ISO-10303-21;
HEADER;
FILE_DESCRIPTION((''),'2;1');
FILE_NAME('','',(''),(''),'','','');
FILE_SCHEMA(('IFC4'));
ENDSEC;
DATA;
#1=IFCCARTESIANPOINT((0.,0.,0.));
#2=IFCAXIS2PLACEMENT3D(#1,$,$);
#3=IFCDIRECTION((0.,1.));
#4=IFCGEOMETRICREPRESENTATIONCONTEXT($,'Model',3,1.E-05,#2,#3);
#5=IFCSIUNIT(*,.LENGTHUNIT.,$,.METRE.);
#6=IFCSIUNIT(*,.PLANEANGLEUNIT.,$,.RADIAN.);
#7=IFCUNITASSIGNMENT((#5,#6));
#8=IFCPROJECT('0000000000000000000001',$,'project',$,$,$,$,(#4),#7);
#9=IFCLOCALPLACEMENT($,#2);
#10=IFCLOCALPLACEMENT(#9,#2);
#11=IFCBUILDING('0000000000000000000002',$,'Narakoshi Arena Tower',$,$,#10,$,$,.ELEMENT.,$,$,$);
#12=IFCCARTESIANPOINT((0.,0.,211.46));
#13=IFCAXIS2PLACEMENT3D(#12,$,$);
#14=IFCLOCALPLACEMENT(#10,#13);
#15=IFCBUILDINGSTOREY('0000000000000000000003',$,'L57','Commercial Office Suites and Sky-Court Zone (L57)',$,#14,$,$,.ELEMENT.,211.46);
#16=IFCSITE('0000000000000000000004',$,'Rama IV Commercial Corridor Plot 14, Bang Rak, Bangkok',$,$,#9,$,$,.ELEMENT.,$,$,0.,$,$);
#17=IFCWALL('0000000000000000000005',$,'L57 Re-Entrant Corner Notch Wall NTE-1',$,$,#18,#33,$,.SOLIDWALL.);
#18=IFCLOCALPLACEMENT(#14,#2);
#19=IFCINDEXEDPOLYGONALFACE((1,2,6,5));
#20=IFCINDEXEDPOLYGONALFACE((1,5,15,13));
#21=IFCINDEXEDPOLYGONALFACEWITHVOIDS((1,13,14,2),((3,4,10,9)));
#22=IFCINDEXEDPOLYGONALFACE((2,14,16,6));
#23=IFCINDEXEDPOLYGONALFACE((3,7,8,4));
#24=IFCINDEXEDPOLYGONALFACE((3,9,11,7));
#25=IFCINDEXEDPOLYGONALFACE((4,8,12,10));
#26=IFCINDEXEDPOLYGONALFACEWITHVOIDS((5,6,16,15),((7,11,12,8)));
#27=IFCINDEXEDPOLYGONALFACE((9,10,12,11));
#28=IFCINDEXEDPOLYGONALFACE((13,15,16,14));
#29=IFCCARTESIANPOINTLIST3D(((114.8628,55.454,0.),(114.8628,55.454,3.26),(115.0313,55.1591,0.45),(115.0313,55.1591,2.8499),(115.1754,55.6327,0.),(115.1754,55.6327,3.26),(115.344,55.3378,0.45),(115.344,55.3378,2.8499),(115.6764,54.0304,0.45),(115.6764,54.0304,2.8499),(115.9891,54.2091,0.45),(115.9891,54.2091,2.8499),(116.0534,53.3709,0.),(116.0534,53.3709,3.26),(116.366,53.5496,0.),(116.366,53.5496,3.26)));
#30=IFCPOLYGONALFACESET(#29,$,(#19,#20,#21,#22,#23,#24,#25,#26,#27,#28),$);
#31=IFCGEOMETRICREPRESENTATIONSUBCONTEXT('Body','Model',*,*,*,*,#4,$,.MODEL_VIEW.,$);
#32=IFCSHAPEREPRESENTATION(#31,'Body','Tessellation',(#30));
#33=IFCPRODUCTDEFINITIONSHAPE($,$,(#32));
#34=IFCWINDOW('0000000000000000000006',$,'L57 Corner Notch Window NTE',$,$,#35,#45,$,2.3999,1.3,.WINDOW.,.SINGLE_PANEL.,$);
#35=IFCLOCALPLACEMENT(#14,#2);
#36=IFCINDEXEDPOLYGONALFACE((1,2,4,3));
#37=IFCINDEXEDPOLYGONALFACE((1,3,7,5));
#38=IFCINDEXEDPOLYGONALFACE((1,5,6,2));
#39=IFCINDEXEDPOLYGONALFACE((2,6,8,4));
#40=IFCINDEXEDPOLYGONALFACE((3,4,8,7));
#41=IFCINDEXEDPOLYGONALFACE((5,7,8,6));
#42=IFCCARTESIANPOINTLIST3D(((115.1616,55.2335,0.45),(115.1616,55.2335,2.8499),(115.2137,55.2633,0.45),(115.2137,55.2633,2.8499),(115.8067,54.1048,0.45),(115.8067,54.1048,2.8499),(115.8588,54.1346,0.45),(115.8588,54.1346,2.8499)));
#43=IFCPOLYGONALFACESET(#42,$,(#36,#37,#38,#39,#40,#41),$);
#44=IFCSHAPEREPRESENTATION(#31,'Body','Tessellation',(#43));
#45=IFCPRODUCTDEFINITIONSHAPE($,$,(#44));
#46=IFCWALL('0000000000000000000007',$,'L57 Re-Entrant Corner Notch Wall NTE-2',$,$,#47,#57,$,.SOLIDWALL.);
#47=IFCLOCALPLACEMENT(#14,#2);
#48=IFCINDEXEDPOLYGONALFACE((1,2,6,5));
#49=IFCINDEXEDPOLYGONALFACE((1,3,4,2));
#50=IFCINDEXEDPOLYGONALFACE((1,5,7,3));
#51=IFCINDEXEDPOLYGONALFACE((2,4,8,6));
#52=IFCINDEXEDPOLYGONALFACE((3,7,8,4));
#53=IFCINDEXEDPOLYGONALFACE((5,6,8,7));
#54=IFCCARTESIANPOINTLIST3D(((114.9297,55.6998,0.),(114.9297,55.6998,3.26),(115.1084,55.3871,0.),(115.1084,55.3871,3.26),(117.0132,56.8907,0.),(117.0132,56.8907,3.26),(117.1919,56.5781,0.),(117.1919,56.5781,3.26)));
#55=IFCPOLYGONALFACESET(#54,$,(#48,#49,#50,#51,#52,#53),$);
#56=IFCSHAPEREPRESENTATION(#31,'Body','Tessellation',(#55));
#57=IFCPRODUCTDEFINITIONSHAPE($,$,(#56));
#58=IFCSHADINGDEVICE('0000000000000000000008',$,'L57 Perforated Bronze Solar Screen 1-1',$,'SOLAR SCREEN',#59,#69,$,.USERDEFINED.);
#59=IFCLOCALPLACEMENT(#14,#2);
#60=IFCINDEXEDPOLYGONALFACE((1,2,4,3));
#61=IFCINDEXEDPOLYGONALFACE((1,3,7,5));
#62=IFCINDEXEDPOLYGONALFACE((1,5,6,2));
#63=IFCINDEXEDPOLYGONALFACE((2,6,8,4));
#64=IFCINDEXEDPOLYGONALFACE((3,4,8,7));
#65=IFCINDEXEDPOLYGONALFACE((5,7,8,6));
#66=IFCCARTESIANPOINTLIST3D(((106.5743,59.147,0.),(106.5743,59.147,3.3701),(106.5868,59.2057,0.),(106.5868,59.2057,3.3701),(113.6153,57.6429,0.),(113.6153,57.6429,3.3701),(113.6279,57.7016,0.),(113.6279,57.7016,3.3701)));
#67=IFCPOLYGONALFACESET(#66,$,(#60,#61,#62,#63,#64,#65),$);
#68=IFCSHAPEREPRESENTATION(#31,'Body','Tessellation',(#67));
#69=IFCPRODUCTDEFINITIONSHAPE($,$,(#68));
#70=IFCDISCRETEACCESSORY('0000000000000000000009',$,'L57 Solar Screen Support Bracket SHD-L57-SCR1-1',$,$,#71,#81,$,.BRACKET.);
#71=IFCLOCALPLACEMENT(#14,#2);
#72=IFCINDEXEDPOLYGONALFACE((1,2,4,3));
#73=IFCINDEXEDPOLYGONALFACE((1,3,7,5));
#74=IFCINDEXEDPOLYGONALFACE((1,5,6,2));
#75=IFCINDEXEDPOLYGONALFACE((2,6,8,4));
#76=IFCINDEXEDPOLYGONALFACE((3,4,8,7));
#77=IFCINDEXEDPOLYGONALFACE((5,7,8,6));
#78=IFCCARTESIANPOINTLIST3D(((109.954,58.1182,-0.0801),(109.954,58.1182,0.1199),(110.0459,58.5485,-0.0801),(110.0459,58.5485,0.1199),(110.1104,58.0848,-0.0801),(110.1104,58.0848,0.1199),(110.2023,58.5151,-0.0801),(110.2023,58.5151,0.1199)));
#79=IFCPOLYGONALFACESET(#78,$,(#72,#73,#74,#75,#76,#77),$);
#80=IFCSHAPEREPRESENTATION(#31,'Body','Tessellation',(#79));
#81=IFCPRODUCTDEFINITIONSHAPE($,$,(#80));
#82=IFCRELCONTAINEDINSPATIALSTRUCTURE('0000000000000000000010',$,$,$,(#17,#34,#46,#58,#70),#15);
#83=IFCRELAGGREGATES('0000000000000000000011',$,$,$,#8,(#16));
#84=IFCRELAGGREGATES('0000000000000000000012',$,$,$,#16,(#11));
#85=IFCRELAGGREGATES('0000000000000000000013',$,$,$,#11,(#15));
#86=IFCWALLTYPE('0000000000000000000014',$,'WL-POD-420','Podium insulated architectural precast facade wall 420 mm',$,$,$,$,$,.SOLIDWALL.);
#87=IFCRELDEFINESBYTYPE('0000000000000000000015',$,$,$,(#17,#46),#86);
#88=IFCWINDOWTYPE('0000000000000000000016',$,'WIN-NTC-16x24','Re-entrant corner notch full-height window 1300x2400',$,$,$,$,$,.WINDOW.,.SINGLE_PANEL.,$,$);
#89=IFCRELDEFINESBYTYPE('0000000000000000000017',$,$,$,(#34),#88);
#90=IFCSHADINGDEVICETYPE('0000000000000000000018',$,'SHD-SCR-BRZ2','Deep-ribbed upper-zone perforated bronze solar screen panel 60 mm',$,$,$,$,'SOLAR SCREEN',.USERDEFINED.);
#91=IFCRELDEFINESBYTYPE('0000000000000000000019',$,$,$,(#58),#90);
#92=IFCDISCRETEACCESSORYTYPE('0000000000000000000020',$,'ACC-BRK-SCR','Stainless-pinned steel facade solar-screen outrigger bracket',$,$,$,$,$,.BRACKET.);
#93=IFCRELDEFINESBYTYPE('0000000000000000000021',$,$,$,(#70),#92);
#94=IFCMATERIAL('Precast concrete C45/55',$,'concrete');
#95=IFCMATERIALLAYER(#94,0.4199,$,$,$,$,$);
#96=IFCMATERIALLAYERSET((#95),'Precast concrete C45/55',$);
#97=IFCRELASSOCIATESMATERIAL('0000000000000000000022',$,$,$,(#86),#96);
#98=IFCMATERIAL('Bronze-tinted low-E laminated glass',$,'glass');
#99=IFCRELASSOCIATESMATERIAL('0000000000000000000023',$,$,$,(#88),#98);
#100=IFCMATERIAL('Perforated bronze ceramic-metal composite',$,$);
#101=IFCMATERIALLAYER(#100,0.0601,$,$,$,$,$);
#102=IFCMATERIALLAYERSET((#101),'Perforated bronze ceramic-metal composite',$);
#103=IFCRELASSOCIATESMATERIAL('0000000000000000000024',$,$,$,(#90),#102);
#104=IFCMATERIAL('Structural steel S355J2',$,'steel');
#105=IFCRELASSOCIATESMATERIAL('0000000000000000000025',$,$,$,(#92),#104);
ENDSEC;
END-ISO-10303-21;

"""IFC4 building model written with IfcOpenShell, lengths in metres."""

from ifc_helpers import new_model, si_unit, direction, frame, frame_2d, origin, origin_2d, place, context, subcontext, project, spatial, rectangle, extrude, material, layer, layer_set, type_object, element, fill, save


model = new_model("IFC4")

# Units and contexts
model_context = context("Model", 3, precision=1e-05, world=origin(), true_north=direction((0.0, 1.0)))
body_context = subcontext(model_context, "Body", "Model", "MODEL_VIEW")
ifc_project = project(units=[si_unit("LENGTHUNIT", "METRE"), si_unit("PLANEANGLEUNIT", "RADIAN")], contexts=[model_context])

# Site, building, storey
site_placement = place(None, origin())
site = spatial("IfcSite", under=ifc_project, at=site_placement, Name="Rama IV Commercial Corridor Plot 14, Bang Rak, Bangkok", CompositionType="ELEMENT", RefElevation=0.0)
building_placement = place(site_placement, origin())
building = spatial("IfcBuilding", under=site, at=building_placement, Name="Narakoshi Arena Tower", CompositionType="ELEMENT")
storey_placement = place(building_placement, frame((0.0, 0.0, 211.46)))
storey = spatial("IfcBuildingStorey", under=building, at=storey_placement, Name="L57", Description="Commercial Office Suites and Sky-Court Zone (L57)", CompositionType="ELEMENT", Elevation=211.46)

# Shared definitions
ifc_material_1 = material(Name="Structural steel S355J2", Category="steel")

# Shared definitions
ifc_material_2 = material(Name="Bronze-tinted low-E laminated glass", Category="glass")

# Shared definitions
ifc_material_3 = material(Name="Precast concrete C45/55", Category="concrete")

# Wall, opening, window
ifc_layer_1 = layer(ifc_material_3, 0.4199)
ifc_layer_set_1 = layer_set([ifc_layer_1], Name="Precast concrete C45/55")
wall_type_1 = type_object("IfcWallType", Name="WL-POD-420", Description="Podium insulated architectural precast facade wall 420 mm", PredefinedType="SOLIDWALL", material=ifc_layer_set_1)
wall_1_placement = place(storey_placement, frame((116.2097, 53.4602, 0.0), z_axis=(0.0, 0.0, 1.0), x_axis=(-0.496216, 0.868199, 0.0)))
wall_1 = element("IfcWall", 1, at=wall_1_placement, inside=storey, type_object=wall_type_1, Name="L57 Re-Entrant Corner Notch Wall NTE-1", PredefinedType="SOLIDWALL", context=body_context, shape_type="SweptSolid", body=[
    extrude(rectangle(XDim=2.3994, YDim=0.3601, at=frame_2d((1.1997, 0.0))), origin(), (0.0, 0.0, 1.0), 3.26),
])
opening_1_placement = place(wall_1_placement, frame((0.7598, 0.0, 0.45)))
opening_1 = element("IfcOpeningElement", 2, at=opening_1_placement, cuts=wall_1, PredefinedType="OPENING", context=body_context, shape_type="SweptSolid", body=[
    extrude(rectangle(XDim=1.3, YDim=2.3999, at=frame_2d((0.6499, 1.2))), frame((0.0, 0.1899, 0.0), z_axis=(0.0, -1.0, 0.0), x_axis=(1.0, 0.0, 0.0)), (0.0, 0.0, 1.0), 0.3801),
])
window_type_1 = type_object("IfcWindowType", Name="WIN-NTC-16x24", Description="Re-entrant corner notch full-height window 1300x2400", PartitioningType="SINGLE_PANEL", PredefinedType="WINDOW", material=ifc_material_2)
window_1_placement = place(opening_1_placement, origin())
window_1 = element("IfcWindow", 3, at=window_1_placement, inside=storey, type_object=window_type_1, Name="L57 Corner Notch Window NTE", OverallHeight=2.3999, OverallWidth=1.3, PartitioningType="SINGLE_PANEL", PredefinedType="WINDOW", context=body_context, shape_type="SweptSolid", body=[
    extrude(rectangle(XDim=1.3, YDim=2.3999, at=frame_2d((0.6499, 1.2))), frame((0.0, 0.03, 0.0), z_axis=(0.0, -1.0, 0.0), x_axis=(1.0, 0.0, 0.0)), (0.0, 0.0, 1.0), 0.0601),
])
fill(opening_1, window_1)

# Wall
wall_2_placement = place(storey_placement, frame((115.019, 55.5435, 0.0), z_axis=(0.0, 0.0, 1.0), x_axis=(0.868181, 0.496248, 0.0)))
element("IfcWall", 4, at=wall_2_placement, inside=storey, type_object=wall_type_1, Name="L57 Re-Entrant Corner Notch Wall NTE-2", PredefinedType="SOLIDWALL", context=body_context, shape_type="SweptSolid", body=[
    extrude(rectangle(XDim=2.3999, YDim=0.3601, at=frame_2d((1.2, 0.0))), origin(), (0.0, 0.0, 1.0), 3.26),
])

# Shading device
ifc_material_4 = material(Name="Perforated bronze ceramic-metal composite")
ifc_layer_2 = layer(ifc_material_4, 0.0601)
ifc_layer_set_2 = layer_set([ifc_layer_2], Name="Perforated bronze ceramic-metal composite")
shading_device_type = type_object("IfcShadingDeviceType", Name="SHD-SCR-BRZ2", Description="Deep-ribbed upper-zone perforated bronze solar screen panel 60 mm", ElementType="SOLAR SCREEN", PredefinedType="USERDEFINED", material=ifc_layer_set_2)
shading_device_placement = place(storey_placement, frame((110.1011, 58.4243, 0.0), z_axis=(0.0, 0.0, 1.0), x_axis=(-0.977937, 0.208902, 0.0)))
element("IfcShadingDevice", 5, at=shading_device_placement, inside=storey, type_object=shading_device_type, Name="L57 Perforated Bronze Solar Screen 1-1", ObjectType="SOLAR SCREEN", PredefinedType="USERDEFINED", context=body_context, shape_type="SweptSolid", body=[
    extrude(rectangle(XDim=7.2, YDim=0.0601, at=origin_2d()), origin(), (0.0, 0.0, 1.0), 3.3701),
])

# Discrete accessory
discrete_accessory_type = type_object("IfcDiscreteAccessoryType", Name="ACC-BRK-SCR", Description="Stainless-pinned steel facade solar-screen outrigger bracket", PredefinedType="BRACKET", material=ifc_material_1)
discrete_accessory_placement = place(storey_placement, frame((110.0781, 58.3167, -0.0801), z_axis=(0.0, 0.0, 1.0), x_axis=(-0.977937, 0.208902, 0.0)))
element("IfcDiscreteAccessory", 6, at=discrete_accessory_placement, inside=storey, type_object=discrete_accessory_type, Name="L57 Solar Screen Support Bracket SHD-L57-SCR1-1", PredefinedType="BRACKET", context=body_context, shape_type="SweptSolid", body=[
    extrude(rectangle(XDim=0.1599, YDim=0.4399, at=origin_2d()), origin(), (0.0, 0.0, 1.0), 0.2),
])

save(model, "model.ifc")
